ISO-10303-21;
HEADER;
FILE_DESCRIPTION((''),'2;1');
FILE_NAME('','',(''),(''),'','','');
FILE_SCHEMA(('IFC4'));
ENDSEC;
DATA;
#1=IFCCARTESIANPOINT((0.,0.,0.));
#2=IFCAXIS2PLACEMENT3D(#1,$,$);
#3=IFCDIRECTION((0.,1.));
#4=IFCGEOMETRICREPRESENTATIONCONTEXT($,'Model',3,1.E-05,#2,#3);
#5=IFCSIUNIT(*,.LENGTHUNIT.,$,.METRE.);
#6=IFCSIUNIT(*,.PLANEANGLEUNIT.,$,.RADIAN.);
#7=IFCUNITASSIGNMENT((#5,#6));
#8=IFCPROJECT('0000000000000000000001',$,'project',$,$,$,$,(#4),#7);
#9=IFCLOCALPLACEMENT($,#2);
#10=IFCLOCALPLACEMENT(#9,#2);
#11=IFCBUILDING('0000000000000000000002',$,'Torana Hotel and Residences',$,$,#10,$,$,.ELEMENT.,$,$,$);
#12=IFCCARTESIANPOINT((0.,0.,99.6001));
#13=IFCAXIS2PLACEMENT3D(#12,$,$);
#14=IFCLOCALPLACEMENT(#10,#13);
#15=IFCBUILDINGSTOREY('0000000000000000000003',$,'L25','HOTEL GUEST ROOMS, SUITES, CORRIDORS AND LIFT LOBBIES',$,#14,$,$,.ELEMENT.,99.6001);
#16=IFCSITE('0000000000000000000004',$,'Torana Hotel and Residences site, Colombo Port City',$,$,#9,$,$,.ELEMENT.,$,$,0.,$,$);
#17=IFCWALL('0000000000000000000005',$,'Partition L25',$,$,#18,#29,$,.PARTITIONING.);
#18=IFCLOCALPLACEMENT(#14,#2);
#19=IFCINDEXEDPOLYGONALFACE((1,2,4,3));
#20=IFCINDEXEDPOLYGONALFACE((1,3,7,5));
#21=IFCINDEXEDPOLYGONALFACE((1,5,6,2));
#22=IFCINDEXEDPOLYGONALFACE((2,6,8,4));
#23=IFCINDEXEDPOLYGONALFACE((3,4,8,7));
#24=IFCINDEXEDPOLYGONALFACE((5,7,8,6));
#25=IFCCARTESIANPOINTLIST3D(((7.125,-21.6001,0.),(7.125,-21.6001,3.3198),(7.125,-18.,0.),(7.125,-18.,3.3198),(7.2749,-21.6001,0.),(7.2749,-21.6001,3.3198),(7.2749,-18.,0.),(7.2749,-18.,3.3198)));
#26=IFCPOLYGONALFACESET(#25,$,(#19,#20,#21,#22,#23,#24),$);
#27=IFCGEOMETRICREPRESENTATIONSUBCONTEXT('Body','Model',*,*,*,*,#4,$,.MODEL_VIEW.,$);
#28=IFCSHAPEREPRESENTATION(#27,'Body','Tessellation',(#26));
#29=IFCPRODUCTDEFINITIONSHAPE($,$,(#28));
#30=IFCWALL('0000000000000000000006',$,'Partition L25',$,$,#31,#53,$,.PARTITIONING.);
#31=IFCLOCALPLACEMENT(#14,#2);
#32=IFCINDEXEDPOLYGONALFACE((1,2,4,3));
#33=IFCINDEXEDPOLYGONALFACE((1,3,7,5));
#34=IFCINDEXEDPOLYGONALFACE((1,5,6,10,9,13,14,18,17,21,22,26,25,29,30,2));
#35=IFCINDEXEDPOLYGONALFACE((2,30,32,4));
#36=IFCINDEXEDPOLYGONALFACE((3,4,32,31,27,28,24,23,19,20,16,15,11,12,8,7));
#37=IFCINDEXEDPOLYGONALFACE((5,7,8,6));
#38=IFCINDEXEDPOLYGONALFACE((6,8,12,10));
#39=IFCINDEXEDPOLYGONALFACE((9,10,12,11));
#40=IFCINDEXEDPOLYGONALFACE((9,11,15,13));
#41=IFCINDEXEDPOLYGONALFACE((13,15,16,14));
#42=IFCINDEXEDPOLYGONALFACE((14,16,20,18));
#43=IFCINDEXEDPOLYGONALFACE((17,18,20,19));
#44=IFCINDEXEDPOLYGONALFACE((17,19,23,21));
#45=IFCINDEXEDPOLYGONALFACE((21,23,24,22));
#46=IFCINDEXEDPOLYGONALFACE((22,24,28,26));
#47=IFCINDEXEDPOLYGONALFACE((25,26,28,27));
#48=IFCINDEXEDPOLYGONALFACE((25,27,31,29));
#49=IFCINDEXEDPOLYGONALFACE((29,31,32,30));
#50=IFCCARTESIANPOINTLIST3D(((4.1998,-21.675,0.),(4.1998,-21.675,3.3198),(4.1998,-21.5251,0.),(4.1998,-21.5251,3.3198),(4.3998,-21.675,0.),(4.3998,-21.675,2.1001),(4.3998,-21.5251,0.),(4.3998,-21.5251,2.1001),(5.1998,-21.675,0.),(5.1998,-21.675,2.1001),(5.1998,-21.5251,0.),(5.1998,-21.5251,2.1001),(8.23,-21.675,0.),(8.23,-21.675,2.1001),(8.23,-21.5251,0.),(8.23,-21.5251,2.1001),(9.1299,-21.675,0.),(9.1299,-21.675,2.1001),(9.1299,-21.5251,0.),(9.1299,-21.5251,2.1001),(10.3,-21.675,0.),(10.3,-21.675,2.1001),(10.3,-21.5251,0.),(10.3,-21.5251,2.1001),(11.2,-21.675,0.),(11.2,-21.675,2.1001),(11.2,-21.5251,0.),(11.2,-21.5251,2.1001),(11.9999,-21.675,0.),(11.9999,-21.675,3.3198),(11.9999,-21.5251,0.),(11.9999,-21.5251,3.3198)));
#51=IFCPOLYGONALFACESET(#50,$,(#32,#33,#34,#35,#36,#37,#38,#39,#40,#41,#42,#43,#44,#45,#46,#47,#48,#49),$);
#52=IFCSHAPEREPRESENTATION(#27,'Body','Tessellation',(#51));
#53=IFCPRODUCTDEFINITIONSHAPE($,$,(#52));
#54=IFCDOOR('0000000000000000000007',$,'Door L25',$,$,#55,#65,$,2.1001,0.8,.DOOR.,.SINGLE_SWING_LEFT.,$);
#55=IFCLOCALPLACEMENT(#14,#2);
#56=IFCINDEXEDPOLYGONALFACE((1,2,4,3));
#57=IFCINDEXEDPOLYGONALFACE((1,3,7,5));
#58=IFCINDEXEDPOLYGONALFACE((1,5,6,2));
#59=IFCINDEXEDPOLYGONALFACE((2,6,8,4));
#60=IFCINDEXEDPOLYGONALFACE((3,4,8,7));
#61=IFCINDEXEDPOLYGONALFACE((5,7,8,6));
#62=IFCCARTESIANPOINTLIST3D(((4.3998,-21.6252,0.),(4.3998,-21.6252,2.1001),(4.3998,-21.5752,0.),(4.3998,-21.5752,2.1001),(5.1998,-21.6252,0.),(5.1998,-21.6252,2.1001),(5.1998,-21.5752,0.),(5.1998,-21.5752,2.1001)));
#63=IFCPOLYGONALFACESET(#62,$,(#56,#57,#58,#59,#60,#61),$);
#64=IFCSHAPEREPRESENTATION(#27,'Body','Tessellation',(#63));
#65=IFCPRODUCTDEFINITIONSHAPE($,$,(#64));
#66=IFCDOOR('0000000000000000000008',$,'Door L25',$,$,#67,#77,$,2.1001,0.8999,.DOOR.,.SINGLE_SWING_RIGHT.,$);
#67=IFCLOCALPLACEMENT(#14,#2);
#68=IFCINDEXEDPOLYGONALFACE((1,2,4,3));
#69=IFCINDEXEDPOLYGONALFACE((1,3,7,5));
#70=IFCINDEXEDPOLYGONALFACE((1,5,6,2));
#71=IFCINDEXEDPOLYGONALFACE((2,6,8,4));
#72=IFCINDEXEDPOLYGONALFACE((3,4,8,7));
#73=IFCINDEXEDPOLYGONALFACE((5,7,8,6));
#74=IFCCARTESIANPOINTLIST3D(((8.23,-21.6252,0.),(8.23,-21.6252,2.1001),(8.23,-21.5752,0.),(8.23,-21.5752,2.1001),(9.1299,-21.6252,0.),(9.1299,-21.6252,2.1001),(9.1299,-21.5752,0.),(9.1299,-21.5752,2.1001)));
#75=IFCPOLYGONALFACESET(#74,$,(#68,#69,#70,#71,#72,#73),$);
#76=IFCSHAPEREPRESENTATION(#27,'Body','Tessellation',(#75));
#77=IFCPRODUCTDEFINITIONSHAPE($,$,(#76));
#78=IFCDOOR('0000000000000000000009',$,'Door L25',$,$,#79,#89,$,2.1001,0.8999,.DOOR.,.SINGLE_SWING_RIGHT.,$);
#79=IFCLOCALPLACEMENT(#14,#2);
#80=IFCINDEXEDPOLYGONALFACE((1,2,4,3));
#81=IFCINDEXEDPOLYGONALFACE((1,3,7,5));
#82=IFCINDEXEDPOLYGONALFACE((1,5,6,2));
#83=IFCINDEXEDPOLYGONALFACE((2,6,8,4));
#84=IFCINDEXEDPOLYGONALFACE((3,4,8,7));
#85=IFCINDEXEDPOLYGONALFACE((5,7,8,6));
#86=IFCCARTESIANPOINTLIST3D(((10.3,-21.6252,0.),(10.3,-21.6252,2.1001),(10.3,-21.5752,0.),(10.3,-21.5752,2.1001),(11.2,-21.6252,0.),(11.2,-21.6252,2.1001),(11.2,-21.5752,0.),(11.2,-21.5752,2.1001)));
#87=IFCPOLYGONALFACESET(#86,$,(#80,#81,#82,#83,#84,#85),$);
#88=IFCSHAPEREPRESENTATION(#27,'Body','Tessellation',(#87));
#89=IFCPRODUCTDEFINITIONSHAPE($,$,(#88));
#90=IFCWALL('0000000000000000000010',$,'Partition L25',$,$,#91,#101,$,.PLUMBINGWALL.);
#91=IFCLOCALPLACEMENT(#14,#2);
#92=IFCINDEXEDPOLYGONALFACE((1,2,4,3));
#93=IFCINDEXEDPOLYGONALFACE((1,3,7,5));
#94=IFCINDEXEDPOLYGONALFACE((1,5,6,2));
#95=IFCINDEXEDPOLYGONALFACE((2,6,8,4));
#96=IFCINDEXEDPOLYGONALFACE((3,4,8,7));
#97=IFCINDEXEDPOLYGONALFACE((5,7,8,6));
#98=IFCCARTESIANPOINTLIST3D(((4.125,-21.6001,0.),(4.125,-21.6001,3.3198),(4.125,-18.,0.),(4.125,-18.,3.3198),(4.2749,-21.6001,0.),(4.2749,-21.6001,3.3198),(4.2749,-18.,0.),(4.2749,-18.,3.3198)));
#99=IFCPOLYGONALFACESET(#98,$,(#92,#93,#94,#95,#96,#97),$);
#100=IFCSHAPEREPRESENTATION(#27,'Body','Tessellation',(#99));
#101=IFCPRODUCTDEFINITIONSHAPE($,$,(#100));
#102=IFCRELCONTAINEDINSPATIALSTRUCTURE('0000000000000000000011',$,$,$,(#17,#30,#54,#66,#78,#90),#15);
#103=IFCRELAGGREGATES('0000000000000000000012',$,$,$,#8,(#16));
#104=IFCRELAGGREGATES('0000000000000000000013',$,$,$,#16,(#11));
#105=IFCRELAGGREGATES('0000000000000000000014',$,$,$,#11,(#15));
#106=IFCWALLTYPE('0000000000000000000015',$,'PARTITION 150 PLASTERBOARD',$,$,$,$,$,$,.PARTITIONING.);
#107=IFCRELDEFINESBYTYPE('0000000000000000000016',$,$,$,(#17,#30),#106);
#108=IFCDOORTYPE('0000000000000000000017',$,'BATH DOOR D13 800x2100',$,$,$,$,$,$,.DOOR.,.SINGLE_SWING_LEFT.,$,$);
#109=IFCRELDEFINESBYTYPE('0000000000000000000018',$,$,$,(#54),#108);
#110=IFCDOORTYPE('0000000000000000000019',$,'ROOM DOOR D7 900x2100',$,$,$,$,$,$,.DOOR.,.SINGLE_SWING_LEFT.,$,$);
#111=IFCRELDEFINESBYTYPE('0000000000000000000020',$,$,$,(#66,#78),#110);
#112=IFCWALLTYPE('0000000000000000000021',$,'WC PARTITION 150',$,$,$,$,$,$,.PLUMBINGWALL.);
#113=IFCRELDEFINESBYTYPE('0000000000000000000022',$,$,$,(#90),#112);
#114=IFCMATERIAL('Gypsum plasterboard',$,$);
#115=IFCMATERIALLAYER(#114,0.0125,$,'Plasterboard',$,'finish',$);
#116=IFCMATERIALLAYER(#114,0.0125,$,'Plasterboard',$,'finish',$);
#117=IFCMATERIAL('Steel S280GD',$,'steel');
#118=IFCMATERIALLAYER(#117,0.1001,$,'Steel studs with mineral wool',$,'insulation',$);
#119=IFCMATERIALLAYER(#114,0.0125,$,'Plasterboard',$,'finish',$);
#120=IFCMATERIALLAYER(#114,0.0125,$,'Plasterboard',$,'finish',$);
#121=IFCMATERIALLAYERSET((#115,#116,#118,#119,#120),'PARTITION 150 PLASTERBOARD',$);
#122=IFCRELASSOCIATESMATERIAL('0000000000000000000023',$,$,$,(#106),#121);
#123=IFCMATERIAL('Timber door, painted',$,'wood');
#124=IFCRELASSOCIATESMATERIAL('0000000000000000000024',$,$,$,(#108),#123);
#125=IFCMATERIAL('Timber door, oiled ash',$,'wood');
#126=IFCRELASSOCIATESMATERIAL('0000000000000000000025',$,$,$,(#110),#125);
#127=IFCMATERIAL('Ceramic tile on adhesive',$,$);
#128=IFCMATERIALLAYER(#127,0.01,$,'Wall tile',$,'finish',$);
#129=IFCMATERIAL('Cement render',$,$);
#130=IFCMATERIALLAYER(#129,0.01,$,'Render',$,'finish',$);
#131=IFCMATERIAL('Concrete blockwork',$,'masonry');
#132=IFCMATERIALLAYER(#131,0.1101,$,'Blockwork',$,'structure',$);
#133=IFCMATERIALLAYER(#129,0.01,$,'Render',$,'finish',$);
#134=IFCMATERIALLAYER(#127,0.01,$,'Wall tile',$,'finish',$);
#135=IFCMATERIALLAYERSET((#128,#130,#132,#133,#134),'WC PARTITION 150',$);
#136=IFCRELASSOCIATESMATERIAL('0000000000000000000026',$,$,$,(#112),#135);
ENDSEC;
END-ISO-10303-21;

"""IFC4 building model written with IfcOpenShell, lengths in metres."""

from ifc_helpers import new_model, si_unit, direction, frame, frame_2d, origin, place, context, subcontext, project, spatial, rectangle, extrude, material, layer, layer_set, type_object, element, fill, save


model = new_model("IFC4")

# Units and contexts
model_context = context("Model", 3, precision=1e-05, world=origin(), true_north=direction((0.0, 1.0)))
body_context = subcontext(model_context, "Body", "Model", "MODEL_VIEW")
ifc_project = project(units=[si_unit("LENGTHUNIT", "METRE"), si_unit("PLANEANGLEUNIT", "RADIAN")], contexts=[model_context])

# Site, building, storey
site_placement = place(None, origin())
site = spatial("IfcSite", under=ifc_project, at=site_placement, Name="Torana Hotel and Residences site, Colombo Port City", CompositionType="ELEMENT", RefElevation=0.0)
building_placement = place(site_placement, origin())
building = spatial("IfcBuilding", under=site, at=building_placement, Name="Torana Hotel and Residences", CompositionType="ELEMENT")
storey_placement = place(building_placement, frame((0.0, 0.0, 99.6001)))
storey = spatial("IfcBuildingStorey", under=building, at=storey_placement, Name="L25", Description="HOTEL GUEST ROOMS, SUITES, CORRIDORS AND LIFT LOBBIES", CompositionType="ELEMENT", Elevation=99.6001)

# Wall
ifc_material_1 = material(Name="Concrete blockwork", Category="masonry")
ifc_material_2 = material(Name="Gypsum plasterboard")
ifc_layer_1 = layer(ifc_material_2, 0.0125, Name="Plasterboard", Category="finish")
ifc_layer_2 = layer(ifc_material_2, 0.0125, Name="Plasterboard", Category="finish")
ifc_material_3 = material(Name="Steel S280GD", Category="steel")
ifc_layer_3 = layer(ifc_material_3, 0.1001, Name="Steel studs with mineral wool", Category="insulation")
ifc_layer_4 = layer(ifc_material_2, 0.0125, Name="Plasterboard", Category="finish")
ifc_layer_5 = layer(ifc_material_2, 0.0125, Name="Plasterboard", Category="finish")
ifc_layer_set_1 = layer_set([ifc_layer_1, ifc_layer_2, ifc_layer_3, ifc_layer_4, ifc_layer_5], Name="PARTITION 150 PLASTERBOARD")
wall_type_1 = type_object("IfcWallType", Name="PARTITION 150 PLASTERBOARD", PredefinedType="PARTITIONING", material=ifc_layer_set_1)
for number, where, z_axis, x_axis, name in (
    (1, (7.2, -21.6001, 0.0), (0.0, 0.0, 1.0), (0.0, 1.0, 0.0), "Partition L25"),
):
    element("IfcWall", number, at=place(storey_placement, frame(where, z_axis=z_axis, x_axis=x_axis)), inside=storey, type_object=wall_type_1, Name=name, PredefinedType="PARTITIONING", context=body_context, shape_type="SweptSolid", body=[
        extrude(rectangle(XDim=3.6001, YDim=0.1499, at=frame_2d((1.8, 0.0))), origin(), (0.0, 0.0, 1.0), 3.3198),
    ])

# Wall, openings, doors
wall_1_placement = place(storey_placement, frame((4.2, -21.6001, 0.0), z_axis=(0.0, 0.0, 1.0), x_axis=(1.0, 0.0, 0.0)))
wall_1 = element("IfcWall", 2, at=wall_1_placement, inside=storey, type_object=wall_type_1, Name="Partition L25", PredefinedType="PARTITIONING", context=body_context, shape_type="SweptSolid", body=[
    extrude(rectangle(XDim=7.8, YDim=0.1499, at=frame_2d((3.8999, 0.0))), origin(), (0.0, 0.0, 1.0), 3.3198),
])
opening_1_placement = place(wall_1_placement, frame((0.2, 0.0, 0.0)))
opening_1 = element("IfcOpeningElement", 3, at=opening_1_placement, cuts=wall_1, PredefinedType="OPENING", context=body_context, shape_type="SweptSolid", body=[
    extrude(rectangle(XDim=0.8, YDim=2.1001, at=frame_2d((0.3999, 1.05))), frame((0.0, 0.085, 0.0), z_axis=(0.0, -1.0, 0.0), x_axis=(1.0, 0.0, 0.0)), (0.0, 0.0, 1.0), 0.1699),
])
opening_2_placement = place(wall_1_placement, frame((4.03, 0.0, 0.0)))
opening_2 = element("IfcOpeningElement", 4, at=opening_2_placement, cuts=wall_1, PredefinedType="OPENING", context=body_context, shape_type="SweptSolid", body=[
    extrude(rectangle(XDim=0.8999, YDim=2.1001, at=frame_2d((0.45, 1.05))), frame((0.0, 0.085, 0.0), z_axis=(0.0, -1.0, 0.0), x_axis=(1.0, 0.0, 0.0)), (0.0, 0.0, 1.0), 0.1699),
])
opening_3_placement = place(wall_1_placement, frame((6.1001, 0.0, 0.0)))
opening_3 = element("IfcOpeningElement", 5, at=opening_3_placement, cuts=wall_1, PredefinedType="OPENING", context=body_context, shape_type="SweptSolid", body=[
    extrude(rectangle(XDim=0.8999, YDim=2.1001, at=frame_2d((0.45, 1.05))), frame((0.0, 0.085, 0.0), z_axis=(0.0, -1.0, 0.0), x_axis=(1.0, 0.0, 0.0)), (0.0, 0.0, 1.0), 0.1699),
])
ifc_material_4 = material(Name="Timber door, painted", Category="wood")
door_type_1 = type_object("IfcDoorType", Name="BATH DOOR D13 800x2100", OperationType="SINGLE_SWING_LEFT", PredefinedType="DOOR", material=ifc_material_4)
door_1_placement = place(opening_1_placement, origin())
door_1 = element("IfcDoor", 6, at=door_1_placement, inside=storey, type_object=door_type_1, Name="Door L25", OperationType="SINGLE_SWING_LEFT", OverallHeight=2.1001, OverallWidth=0.8, PredefinedType="DOOR", context=body_context, shape_type="SweptSolid", body=[
    extrude(rectangle(XDim=0.8, YDim=2.1001, at=frame_2d((0.3999, 1.05))), frame((0.0, 0.0249, 0.0), z_axis=(0.0, -1.0, 0.0), x_axis=(1.0, 0.0, 0.0)), (0.0, 0.0, 1.0), 0.05),
])
fill(opening_1, door_1)
ifc_material_5 = material(Name="Timber door, oiled ash", Category="wood")
door_type_2 = type_object("IfcDoorType", Name="ROOM DOOR D7 900x2100", OperationType="SINGLE_SWING_LEFT", PredefinedType="DOOR", material=ifc_material_5)
door_2_placement = place(opening_2_placement, origin())
door_2 = element("IfcDoor", 7, at=door_2_placement, inside=storey, type_object=door_type_2, Name="Door L25", OperationType="SINGLE_SWING_RIGHT", OverallHeight=2.1001, OverallWidth=0.8999, PredefinedType="DOOR", context=body_context, shape_type="SweptSolid", body=[
    extrude(rectangle(XDim=0.8999, YDim=2.1001, at=frame_2d((0.45, 1.05))), frame((0.0, 0.0249, 0.0), z_axis=(0.0, -1.0, 0.0), x_axis=(1.0, 0.0, 0.0)), (0.0, 0.0, 1.0), 0.05),
])
fill(opening_2, door_2)
door_3_placement = place(opening_3_placement, frame((0.45, 0.0, 0.0), z_axis=(0.0, 0.0, 1.0), x_axis=(-1.0, 0.0, 0.0)))
door_3 = element("IfcDoor", 8, at=door_3_placement, inside=storey, type_object=door_type_2, Name="Door L25", OperationType="SINGLE_SWING_RIGHT", OverallHeight=2.1001, OverallWidth=0.8999, PredefinedType="DOOR", context=body_context, shape_type="SweptSolid", body=[
    extrude(rectangle(XDim=0.8999, YDim=2.1001, at=frame_2d((0.0, 1.05))), frame((0.0, -0.0249, 0.0), z_axis=(0.0, 1.0, 0.0), x_axis=(-1.0, 0.0, 0.0)), (0.0, 0.0, 1.0), 0.05),
])
fill(opening_3, door_3)

# Wall
ifc_material_6 = material(Name="Ceramic tile on adhesive")
ifc_layer_6 = layer(ifc_material_6, 0.01, Name="Wall tile", Category="finish")
ifc_material_7 = material(Name="Cement render")
ifc_layer_7 = layer(ifc_material_7, 0.01, Name="Render", Category="finish")
ifc_layer_8 = layer(ifc_material_1, 0.1101, Name="Blockwork", Category="structure")
ifc_layer_9 = layer(ifc_material_7, 0.01, Name="Render", Category="finish")
ifc_layer_10 = layer(ifc_material_6, 0.01, Name="Wall tile", Category="finish")
ifc_layer_set_2 = layer_set([ifc_layer_6, ifc_layer_7, ifc_layer_8, ifc_layer_9, ifc_layer_10], Name="WC PARTITION 150")
wall_type_2 = type_object("IfcWallType", Name="WC PARTITION 150", PredefinedType="PLUMBINGWALL", material=ifc_layer_set_2)
wall_2_placement = place(storey_placement, frame((4.2, -21.6001, 0.0), z_axis=(0.0, 0.0, 1.0), x_axis=(0.0, 1.0, 0.0)))
element("IfcWall", 9, at=wall_2_placement, inside=storey, type_object=wall_type_2, Name="Partition L25", PredefinedType="PLUMBINGWALL", context=body_context, shape_type="SweptSolid", body=[
    extrude(rectangle(XDim=3.6001, YDim=0.1499, at=frame_2d((1.8, 0.0))), origin(), (0.0, 0.0, 1.0), 3.3198),
])

save(model, "model.ifc")
